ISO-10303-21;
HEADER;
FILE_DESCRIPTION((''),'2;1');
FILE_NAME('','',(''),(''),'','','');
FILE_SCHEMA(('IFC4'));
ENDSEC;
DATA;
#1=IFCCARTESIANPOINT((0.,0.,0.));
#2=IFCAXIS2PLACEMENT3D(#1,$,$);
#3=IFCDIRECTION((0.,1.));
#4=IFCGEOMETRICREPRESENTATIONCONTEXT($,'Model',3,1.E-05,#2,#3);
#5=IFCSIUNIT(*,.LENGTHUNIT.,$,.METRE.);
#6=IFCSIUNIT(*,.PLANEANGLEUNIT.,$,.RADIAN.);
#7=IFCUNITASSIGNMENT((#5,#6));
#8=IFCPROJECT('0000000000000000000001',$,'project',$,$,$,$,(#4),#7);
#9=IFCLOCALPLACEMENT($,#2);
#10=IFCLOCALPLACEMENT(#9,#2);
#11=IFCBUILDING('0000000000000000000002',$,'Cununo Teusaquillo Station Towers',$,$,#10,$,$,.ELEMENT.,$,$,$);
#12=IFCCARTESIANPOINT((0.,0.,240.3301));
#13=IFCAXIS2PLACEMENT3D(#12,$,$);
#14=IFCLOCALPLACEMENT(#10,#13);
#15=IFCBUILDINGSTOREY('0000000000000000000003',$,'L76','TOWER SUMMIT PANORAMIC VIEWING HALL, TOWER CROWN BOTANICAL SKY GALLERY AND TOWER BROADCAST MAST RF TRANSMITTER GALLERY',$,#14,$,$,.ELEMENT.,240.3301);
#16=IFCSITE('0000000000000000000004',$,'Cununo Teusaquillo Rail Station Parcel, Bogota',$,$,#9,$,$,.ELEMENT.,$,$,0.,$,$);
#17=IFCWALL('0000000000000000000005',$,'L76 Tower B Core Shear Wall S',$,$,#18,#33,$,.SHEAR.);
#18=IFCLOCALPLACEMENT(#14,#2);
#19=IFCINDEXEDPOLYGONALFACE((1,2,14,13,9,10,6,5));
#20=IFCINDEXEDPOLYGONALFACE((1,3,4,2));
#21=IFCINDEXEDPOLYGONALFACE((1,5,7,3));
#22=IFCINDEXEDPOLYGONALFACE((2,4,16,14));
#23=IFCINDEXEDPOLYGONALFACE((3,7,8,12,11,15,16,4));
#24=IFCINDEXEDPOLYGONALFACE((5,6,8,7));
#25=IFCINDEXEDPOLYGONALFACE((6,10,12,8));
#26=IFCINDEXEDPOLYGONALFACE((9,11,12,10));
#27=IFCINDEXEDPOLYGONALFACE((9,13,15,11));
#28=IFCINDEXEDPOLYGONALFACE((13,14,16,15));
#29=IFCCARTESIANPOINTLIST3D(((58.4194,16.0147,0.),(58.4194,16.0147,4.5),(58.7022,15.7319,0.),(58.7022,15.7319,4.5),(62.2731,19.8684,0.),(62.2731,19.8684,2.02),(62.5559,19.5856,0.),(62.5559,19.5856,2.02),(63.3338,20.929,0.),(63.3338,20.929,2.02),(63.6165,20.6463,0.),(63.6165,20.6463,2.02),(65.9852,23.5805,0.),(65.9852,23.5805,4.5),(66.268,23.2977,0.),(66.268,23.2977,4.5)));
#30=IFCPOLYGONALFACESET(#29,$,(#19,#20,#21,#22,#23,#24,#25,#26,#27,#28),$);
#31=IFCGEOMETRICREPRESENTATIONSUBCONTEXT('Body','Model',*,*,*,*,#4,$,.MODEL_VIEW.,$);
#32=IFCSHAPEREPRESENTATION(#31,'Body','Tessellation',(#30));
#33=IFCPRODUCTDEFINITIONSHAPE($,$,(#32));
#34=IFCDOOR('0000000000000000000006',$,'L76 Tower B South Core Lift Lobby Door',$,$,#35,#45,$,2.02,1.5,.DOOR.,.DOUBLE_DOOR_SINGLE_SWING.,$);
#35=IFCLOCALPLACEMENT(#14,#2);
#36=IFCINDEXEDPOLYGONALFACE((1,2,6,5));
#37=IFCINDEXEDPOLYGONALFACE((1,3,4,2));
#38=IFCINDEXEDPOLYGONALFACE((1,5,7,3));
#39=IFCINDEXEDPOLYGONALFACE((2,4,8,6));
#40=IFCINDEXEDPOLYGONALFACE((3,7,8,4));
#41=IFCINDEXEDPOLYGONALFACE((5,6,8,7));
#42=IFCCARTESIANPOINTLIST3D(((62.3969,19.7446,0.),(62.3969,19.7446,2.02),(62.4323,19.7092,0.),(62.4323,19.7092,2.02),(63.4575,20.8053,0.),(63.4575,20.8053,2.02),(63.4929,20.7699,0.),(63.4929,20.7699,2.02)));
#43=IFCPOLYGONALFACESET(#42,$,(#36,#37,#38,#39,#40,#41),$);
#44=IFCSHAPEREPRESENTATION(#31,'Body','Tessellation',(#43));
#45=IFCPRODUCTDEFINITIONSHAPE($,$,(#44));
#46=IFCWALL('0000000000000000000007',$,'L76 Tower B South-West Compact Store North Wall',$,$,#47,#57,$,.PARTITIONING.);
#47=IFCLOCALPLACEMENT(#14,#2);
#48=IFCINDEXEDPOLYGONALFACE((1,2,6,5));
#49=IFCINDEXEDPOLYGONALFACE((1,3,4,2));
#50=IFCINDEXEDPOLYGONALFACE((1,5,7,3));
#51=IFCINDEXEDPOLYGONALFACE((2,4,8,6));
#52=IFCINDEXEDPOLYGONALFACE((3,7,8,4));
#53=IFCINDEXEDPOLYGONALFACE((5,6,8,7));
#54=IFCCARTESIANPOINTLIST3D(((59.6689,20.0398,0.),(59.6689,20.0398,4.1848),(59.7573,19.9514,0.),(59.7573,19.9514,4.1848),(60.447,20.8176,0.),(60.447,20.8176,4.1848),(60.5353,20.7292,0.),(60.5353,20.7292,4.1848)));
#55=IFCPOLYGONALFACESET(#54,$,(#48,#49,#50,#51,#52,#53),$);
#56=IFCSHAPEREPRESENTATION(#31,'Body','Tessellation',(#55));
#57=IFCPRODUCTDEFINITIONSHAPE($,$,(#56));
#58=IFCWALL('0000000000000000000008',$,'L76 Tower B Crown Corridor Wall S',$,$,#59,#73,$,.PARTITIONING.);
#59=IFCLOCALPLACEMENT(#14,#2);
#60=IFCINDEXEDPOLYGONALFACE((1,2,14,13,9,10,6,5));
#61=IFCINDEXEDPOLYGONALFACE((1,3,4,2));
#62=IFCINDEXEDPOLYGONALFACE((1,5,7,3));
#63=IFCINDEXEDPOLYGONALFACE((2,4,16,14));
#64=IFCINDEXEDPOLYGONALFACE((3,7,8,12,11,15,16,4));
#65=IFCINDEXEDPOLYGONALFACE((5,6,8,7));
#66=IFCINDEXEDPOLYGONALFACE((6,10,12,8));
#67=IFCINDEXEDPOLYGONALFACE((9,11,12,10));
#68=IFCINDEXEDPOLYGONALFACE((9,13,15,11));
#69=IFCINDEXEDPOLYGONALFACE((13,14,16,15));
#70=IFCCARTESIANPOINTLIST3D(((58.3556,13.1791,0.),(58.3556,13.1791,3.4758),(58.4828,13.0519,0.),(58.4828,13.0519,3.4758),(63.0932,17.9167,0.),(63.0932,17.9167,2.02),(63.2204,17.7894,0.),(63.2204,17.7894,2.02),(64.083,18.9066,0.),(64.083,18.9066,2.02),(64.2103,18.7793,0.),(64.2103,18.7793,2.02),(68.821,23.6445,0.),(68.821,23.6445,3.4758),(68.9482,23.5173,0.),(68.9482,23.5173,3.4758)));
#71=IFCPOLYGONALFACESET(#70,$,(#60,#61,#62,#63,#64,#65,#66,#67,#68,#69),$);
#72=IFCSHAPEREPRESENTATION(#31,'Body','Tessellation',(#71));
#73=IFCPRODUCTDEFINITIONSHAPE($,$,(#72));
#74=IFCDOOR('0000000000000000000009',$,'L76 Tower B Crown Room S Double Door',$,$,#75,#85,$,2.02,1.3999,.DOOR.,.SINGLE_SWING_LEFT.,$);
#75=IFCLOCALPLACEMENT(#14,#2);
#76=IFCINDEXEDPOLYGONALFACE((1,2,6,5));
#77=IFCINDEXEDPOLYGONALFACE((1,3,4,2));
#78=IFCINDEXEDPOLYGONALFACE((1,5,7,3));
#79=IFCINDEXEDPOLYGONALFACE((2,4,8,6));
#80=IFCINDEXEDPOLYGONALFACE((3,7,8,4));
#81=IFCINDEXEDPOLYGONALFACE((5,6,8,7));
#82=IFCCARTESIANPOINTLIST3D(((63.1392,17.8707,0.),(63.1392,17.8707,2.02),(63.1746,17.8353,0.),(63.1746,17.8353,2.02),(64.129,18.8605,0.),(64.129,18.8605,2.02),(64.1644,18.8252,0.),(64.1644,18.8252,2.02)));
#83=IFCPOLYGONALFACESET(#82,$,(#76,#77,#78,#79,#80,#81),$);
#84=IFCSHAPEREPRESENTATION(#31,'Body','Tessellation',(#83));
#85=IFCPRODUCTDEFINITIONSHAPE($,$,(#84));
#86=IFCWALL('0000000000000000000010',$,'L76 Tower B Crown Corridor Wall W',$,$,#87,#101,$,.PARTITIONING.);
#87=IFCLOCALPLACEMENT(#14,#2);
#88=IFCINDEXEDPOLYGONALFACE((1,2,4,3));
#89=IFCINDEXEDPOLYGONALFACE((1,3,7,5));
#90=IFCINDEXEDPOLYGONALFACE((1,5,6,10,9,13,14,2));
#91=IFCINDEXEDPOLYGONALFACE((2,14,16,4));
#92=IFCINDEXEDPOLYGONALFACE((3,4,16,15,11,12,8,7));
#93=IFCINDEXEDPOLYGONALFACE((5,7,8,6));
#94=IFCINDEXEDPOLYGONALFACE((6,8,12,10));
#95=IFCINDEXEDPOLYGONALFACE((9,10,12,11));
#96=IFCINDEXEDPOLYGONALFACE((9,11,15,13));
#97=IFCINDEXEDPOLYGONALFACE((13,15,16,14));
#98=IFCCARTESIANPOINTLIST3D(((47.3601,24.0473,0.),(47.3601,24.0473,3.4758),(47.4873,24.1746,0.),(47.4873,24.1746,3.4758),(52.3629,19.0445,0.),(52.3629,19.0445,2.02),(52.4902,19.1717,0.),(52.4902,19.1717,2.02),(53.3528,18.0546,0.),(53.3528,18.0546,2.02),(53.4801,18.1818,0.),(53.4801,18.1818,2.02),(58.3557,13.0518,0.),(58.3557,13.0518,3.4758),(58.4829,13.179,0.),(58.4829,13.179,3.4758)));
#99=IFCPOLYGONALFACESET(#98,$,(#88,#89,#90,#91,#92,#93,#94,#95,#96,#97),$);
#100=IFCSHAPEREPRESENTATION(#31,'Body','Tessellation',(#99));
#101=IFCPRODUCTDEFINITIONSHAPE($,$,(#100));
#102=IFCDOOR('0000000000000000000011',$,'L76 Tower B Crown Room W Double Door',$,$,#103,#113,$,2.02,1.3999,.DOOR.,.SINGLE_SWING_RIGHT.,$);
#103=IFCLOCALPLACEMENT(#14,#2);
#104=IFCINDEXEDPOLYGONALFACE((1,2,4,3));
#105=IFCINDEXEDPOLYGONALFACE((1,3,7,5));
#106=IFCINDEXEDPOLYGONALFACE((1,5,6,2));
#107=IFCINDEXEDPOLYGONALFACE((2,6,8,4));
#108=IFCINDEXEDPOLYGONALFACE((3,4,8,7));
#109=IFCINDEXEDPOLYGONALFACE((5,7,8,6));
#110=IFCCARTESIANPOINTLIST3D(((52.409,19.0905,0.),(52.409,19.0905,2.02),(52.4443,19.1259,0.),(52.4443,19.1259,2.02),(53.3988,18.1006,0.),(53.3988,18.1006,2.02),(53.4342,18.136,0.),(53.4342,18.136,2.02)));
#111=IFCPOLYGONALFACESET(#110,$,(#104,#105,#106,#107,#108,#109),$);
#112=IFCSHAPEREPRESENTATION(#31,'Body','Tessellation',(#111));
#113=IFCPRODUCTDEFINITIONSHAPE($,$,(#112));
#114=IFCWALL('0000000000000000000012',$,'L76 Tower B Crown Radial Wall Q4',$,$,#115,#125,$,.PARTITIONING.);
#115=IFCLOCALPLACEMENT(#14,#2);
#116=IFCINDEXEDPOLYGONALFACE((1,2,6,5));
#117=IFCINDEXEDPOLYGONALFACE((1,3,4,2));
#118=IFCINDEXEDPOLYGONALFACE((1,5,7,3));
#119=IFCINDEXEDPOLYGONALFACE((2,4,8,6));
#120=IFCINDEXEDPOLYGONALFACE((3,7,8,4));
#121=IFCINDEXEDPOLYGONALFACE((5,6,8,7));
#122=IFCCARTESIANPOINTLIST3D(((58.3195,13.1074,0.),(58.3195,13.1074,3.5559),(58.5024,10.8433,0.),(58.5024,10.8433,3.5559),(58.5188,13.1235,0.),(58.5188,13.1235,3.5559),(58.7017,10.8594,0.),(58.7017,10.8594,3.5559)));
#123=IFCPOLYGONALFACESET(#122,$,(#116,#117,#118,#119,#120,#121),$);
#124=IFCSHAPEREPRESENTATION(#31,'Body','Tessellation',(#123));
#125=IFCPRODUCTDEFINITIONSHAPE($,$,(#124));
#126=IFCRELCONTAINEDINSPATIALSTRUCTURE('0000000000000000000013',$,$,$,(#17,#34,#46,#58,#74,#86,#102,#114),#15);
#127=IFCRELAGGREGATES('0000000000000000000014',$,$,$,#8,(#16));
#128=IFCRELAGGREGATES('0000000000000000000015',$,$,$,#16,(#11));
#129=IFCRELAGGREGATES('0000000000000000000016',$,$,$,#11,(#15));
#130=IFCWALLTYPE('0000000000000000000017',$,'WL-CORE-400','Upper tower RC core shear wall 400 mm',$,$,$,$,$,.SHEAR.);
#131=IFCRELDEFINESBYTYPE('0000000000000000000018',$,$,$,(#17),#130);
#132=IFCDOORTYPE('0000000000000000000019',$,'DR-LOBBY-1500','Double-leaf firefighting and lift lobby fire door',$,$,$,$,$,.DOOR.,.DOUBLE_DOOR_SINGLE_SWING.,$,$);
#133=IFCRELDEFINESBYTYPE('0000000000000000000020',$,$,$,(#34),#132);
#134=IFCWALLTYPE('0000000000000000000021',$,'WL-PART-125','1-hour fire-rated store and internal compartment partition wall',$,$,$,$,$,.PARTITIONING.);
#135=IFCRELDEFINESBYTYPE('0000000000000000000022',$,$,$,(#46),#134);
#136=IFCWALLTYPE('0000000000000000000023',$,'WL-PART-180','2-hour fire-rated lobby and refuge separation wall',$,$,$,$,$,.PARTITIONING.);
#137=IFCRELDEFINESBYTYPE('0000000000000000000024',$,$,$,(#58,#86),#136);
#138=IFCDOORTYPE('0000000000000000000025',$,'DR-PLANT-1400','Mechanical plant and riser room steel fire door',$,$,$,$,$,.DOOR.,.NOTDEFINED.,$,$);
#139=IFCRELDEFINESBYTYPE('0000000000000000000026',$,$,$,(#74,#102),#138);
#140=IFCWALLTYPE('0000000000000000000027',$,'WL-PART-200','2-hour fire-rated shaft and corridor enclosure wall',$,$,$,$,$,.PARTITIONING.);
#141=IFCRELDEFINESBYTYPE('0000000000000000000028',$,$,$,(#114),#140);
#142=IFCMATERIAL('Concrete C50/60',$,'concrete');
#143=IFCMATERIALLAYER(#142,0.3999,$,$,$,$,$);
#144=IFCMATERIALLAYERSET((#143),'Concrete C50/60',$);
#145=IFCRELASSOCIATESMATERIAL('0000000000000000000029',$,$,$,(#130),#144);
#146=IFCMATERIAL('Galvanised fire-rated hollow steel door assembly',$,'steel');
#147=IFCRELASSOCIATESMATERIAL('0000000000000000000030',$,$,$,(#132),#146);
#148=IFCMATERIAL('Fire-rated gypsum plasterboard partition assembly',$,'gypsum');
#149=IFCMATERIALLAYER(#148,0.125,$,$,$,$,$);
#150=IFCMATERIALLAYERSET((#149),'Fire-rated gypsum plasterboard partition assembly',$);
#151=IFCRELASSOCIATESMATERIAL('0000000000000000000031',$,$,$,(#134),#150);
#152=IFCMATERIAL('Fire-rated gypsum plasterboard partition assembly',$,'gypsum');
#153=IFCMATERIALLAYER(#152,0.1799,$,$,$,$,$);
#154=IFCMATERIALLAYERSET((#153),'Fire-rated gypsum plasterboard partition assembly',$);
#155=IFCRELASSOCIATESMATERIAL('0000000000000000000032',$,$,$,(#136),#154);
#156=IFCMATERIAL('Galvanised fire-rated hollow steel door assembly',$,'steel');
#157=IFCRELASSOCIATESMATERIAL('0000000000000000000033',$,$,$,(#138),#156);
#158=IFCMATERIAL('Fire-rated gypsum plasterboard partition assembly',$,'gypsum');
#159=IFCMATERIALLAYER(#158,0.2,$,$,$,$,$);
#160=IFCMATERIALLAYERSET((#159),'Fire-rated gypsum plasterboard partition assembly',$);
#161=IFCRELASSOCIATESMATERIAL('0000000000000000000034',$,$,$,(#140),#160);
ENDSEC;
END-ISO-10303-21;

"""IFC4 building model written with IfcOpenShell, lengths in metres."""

from ifc_helpers import new_model, si_unit, direction, frame, frame_2d, origin, place, context, subcontext, project, spatial, rectangle, extrude, source, transform, mapped, material, layer, layer_set, type_object, element, fill, save


model = new_model("IFC4")

# Units and contexts
model_context = context("Model", 3, precision=1e-05, world=origin(), true_north=direction((0.0, 1.0)))
body_context = subcontext(model_context, "Body", "Model", "MODEL_VIEW")
ifc_project = project(units=[si_unit("LENGTHUNIT", "METRE"), si_unit("PLANEANGLEUNIT", "RADIAN")], contexts=[model_context])

# Site, building, storey
site_placement = place(None, origin())
site = spatial("IfcSite", under=ifc_project, at=site_placement, Name="Cununo Teusaquillo Rail Station Parcel, Bogota", CompositionType="ELEMENT", RefElevation=0.0)
building_placement = place(site_placement, origin())
building = spatial("IfcBuilding", under=site, at=building_placement, Name="Cununo Teusaquillo Station Towers", CompositionType="ELEMENT")
storey_placement = place(building_placement, frame((0.0, 0.0, 240.3301)))
storey = spatial("IfcBuildingStorey", under=building, at=storey_placement, Name="L76", Description="TOWER SUMMIT PANORAMIC VIEWING HALL, TOWER CROWN BOTANICAL SKY GALLERY AND TOWER BROADCAST MAST RF TRANSMITTER GALLERY", CompositionType="ELEMENT", Elevation=240.3301)

# Shared definitions
ifc_material_1 = material(Name="Concrete C50/60", Category="concrete")
ifc_layer_1 = layer(ifc_material_1, 0.3999)
ifc_layer_set_1 = layer_set([ifc_layer_1], Name="Concrete C50/60")
wall_type_1 = type_object("IfcWallType", Name="WL-CORE-400", Description="Upper tower RC core shear wall 400 mm", PredefinedType="SHEAR", material=ifc_layer_set_1)

# Wall, opening, door
wall_1_placement = place(storey_placement, frame((58.5608, 15.8733, 0.0), z_axis=(0.0, 0.0, 1.0), x_axis=(0.707107, 0.707107, 0.0)))
wall_1 = element("IfcWall", 1, at=wall_1_placement, inside=storey, type_object=wall_type_1, Name="L76 Tower B Core Shear Wall S", PredefinedType="SHEAR", context=body_context, shape_type="SweptSolid", body=[
    extrude(rectangle(XDim=10.6997, YDim=0.3999, at=frame_2d((5.3499, 0.0))), origin(), (0.0, 0.0, 1.0), 4.5),
])
shared_shape_1 = source(origin(), body_context, "Body", "SweptSolid", [
    extrude(rectangle(XDim=1.5, YDim=2.02, at=frame_2d((0.75, 1.01))), frame((0.0, 0.21, 0.0), z_axis=(0.0, -1.0, 0.0), x_axis=(1.0, 0.0, 0.0)), (0.0, 0.0, 1.0), 0.4199),
])
opening_1_placement = place(wall_1_placement, frame((5.45, 0.0, 0.0)))
opening_1 = element("IfcOpeningElement", 2, at=opening_1_placement, cuts=wall_1, PredefinedType="OPENING", context=body_context, shape_type="MappedRepresentation", body=[
    mapped(shared_shape_1, transform((0.0, 0.0, 0.0), x_axis=(1.0, 0.0, 0.0), y_axis=(0.0, 1.0, 0.0), z_axis=(0.0, 0.0, 1.0), scale=1.0)),
])
ifc_material_2 = material(Name="Galvanised fire-rated hollow steel door assembly", Category="steel")
door_type_1 = type_object("IfcDoorType", Name="DR-LOBBY-1500", Description="Double-leaf firefighting and lift lobby fire door", OperationType="DOUBLE_DOOR_SINGLE_SWING", PredefinedType="DOOR", material=ifc_material_2)
shared_shape_2 = source(origin(), body_context, "Body", "SweptSolid", [
    extrude(rectangle(XDim=1.5, YDim=2.02, at=frame_2d((0.75, 1.01))), frame((0.0, 0.0249, 0.0), z_axis=(0.0, -1.0, 0.0), x_axis=(1.0, 0.0, 0.0)), (0.0, 0.0, 1.0), 0.05),
])
door_1_placement = place(opening_1_placement, origin())
door_1 = element("IfcDoor", 3, at=door_1_placement, inside=storey, type_object=door_type_1, Name="L76 Tower B South Core Lift Lobby Door", OperationType="DOUBLE_DOOR_SINGLE_SWING", OverallHeight=2.02, OverallWidth=1.5, PredefinedType="DOOR", context=body_context, shape_type="MappedRepresentation", body=[
    mapped(shared_shape_2, transform((0.0, 0.0, 0.0), x_axis=(1.0, 0.0, 0.0), y_axis=(0.0, 1.0, 0.0), z_axis=(0.0, 0.0, 1.0), scale=1.0)),
])
fill(opening_1, door_1)

# Wall
ifc_material_3 = material(Name="Fire-rated gypsum plasterboard partition assembly", Category="gypsum")
ifc_layer_2 = layer(ifc_material_3, 0.125)
ifc_layer_set_2 = layer_set([ifc_layer_2], Name="Fire-rated gypsum plasterboard partition assembly")
wall_type_2 = type_object("IfcWallType", Name="WL-PART-125", Description="1-hour fire-rated store and internal compartment partition wall", PredefinedType="PARTITIONING", material=ifc_layer_set_2)
wall_2_placement = place(storey_placement, frame((59.7131, 19.9956, 0.0), z_axis=(0.0, 0.0, 1.0), x_axis=(0.707218, 0.706996, 0.0)))
element("IfcWall", 4, at=wall_2_placement, inside=storey, type_object=wall_type_2, Name="L76 Tower B South-West Compact Store North Wall", PredefinedType="PARTITIONING", context=body_context, shape_type="SweptSolid", body=[
    extrude(rectangle(XDim=1.1001, YDim=0.125, at=frame_2d((0.55, 0.0))), origin(), (0.0, 0.0, 1.0), 4.1848),
])

# Walls, openings, doors
ifc_material_4 = material(Name="Fire-rated gypsum plasterboard partition assembly", Category="gypsum")
ifc_layer_3 = layer(ifc_material_4, 0.1799)
ifc_layer_set_3 = layer_set([ifc_layer_3], Name="Fire-rated gypsum plasterboard partition assembly")
wall_type_3 = type_object("IfcWallType", Name="WL-PART-180", Description="2-hour fire-rated lobby and refuge separation wall", PredefinedType="PARTITIONING", material=ifc_layer_set_3)
wall_3_placement = place(storey_placement, frame((58.4192, 13.1155, 0.0), z_axis=(0.0, 0.0, 1.0), x_axis=(0.707107, 0.707107, 0.0)))
wall_3 = element("IfcWall", 5, at=wall_3_placement, inside=storey, type_object=wall_type_3, Name="L76 Tower B Crown Corridor Wall S", PredefinedType="PARTITIONING", context=body_context, shape_type="SweptSolid", body=[
    extrude(rectangle(XDim=14.8003, YDim=0.1799, at=frame_2d((7.4001, 0.0))), origin(), (0.0, 0.0, 1.0), 3.4758),
])
shared_shape_3 = source(origin(), body_context, "Body", "SweptSolid", [
    extrude(rectangle(XDim=1.3999, YDim=2.02, at=frame_2d((0.7, 1.01))), frame((0.0, 0.0999, 0.0), z_axis=(0.0, -1.0, 0.0), x_axis=(1.0, 0.0, 0.0)), (0.0, 0.0, 1.0), 0.2),
])
opening_2_placement = place(wall_3_placement, frame((6.7, 0.0, 0.0)))
opening_2 = element("IfcOpeningElement", 6, at=opening_2_placement, cuts=wall_3, PredefinedType="OPENING", context=body_context, shape_type="MappedRepresentation", body=[
    mapped(shared_shape_3, transform((0.0, 0.0, 0.0), x_axis=(1.0, 0.0, 0.0), y_axis=(0.0, 1.0, 0.0), z_axis=(0.0, 0.0, 1.0), scale=1.0)),
])
ifc_material_5 = material(Name="Galvanised fire-rated hollow steel door assembly", Category="steel")
door_type_2 = type_object("IfcDoorType", Name="DR-PLANT-1400", Description="Mechanical plant and riser room steel fire door", OperationType="NOTDEFINED", PredefinedType="DOOR", material=ifc_material_5)
shared_shape_4 = source(origin(), body_context, "Body", "SweptSolid", [
    extrude(rectangle(XDim=1.3999, YDim=2.02, at=frame_2d((0.7, 1.01))), frame((0.0, 0.0249, 0.0), z_axis=(0.0, -1.0, 0.0), x_axis=(1.0, 0.0, 0.0)), (0.0, 0.0, 1.0), 0.05),
])
door_2_placement = place(opening_2_placement, origin())
door_2 = element("IfcDoor", 7, at=door_2_placement, inside=storey, type_object=door_type_2, Name="L76 Tower B Crown Room S Double Door", OperationType="SINGLE_SWING_LEFT", OverallHeight=2.02, OverallWidth=1.3999, PredefinedType="DOOR", context=body_context, shape_type="MappedRepresentation", body=[
    mapped(shared_shape_4, transform((0.0, 0.0, 0.0), x_axis=(1.0, 0.0, 0.0), y_axis=(0.0, 1.0, 0.0), z_axis=(0.0, 0.0, 1.0), scale=1.0)),
])
fill(opening_2, door_2)
wall_4_placement = place(storey_placement, frame((58.4192, 13.1155, 0.0), z_axis=(0.0, 0.0, 1.0), x_axis=(-0.707107, 0.707107, 0.0)))
wall_4 = element("IfcWall", 8, at=wall_4_placement, inside=storey, type_object=wall_type_3, Name="L76 Tower B Crown Corridor Wall W", PredefinedType="PARTITIONING", context=body_context, shape_type="SweptSolid", body=[
    extrude(rectangle(XDim=15.55, YDim=0.1799, at=frame_2d((7.7749, 0.0))), origin(), (0.0, 0.0, 1.0), 3.4758),
])
opening_3_placement = place(wall_4_placement, frame((7.075, 0.0, 0.0)))
opening_3 = element("IfcOpeningElement", 9, at=opening_3_placement, cuts=wall_4, PredefinedType="OPENING", context=body_context, shape_type="MappedRepresentation", body=[
    mapped(shared_shape_3, transform((0.0, 0.0, 0.0), x_axis=(1.0, 0.0, 0.0), y_axis=(0.0, 1.0, 0.0), z_axis=(0.0, 0.0, 1.0), scale=1.0)),
])
door_3_placement = place(opening_3_placement, origin())
door_3 = element("IfcDoor", 10, at=door_3_placement, inside=storey, type_object=door_type_2, Name="L76 Tower B Crown Room W Double Door", OperationType="SINGLE_SWING_RIGHT", OverallHeight=2.02, OverallWidth=1.3999, PredefinedType="DOOR", context=body_context, shape_type="MappedRepresentation", body=[
    mapped(shared_shape_4, transform((0.0, 0.0, 0.0), x_axis=(1.0, 0.0, 0.0), y_axis=(0.0, 1.0, 0.0), z_axis=(0.0, 0.0, 1.0), scale=1.0)),
])
fill(opening_3, door_3)

# Wall
ifc_material_6 = material(Name="Fire-rated gypsum plasterboard partition assembly", Category="gypsum")
ifc_layer_4 = layer(ifc_material_6, 0.2)
ifc_layer_set_4 = layer_set([ifc_layer_4], Name="Fire-rated gypsum plasterboard partition assembly")
wall_type_4 = type_object("IfcWallType", Name="WL-PART-200", Description="2-hour fire-rated shaft and corridor enclosure wall", PredefinedType="PARTITIONING", material=ifc_layer_set_4)
wall_5_placement = place(storey_placement, frame((58.4192, 13.1155, 0.0), z_axis=(0.0, 0.0, 1.0), x_axis=(0.080501, -0.996755, 0.0)))
element("IfcWall", 11, at=wall_5_placement, inside=storey, type_object=wall_type_4, Name="L76 Tower B Crown Radial Wall Q4", PredefinedType="PARTITIONING", context=body_context, shape_type="SweptSolid", body=[
    extrude(rectangle(XDim=2.2715, YDim=0.2, at=frame_2d((1.1357, 0.0))), origin(), (0.0, 0.0, 1.0), 3.5559),
])

save(model, "model.ifc")
